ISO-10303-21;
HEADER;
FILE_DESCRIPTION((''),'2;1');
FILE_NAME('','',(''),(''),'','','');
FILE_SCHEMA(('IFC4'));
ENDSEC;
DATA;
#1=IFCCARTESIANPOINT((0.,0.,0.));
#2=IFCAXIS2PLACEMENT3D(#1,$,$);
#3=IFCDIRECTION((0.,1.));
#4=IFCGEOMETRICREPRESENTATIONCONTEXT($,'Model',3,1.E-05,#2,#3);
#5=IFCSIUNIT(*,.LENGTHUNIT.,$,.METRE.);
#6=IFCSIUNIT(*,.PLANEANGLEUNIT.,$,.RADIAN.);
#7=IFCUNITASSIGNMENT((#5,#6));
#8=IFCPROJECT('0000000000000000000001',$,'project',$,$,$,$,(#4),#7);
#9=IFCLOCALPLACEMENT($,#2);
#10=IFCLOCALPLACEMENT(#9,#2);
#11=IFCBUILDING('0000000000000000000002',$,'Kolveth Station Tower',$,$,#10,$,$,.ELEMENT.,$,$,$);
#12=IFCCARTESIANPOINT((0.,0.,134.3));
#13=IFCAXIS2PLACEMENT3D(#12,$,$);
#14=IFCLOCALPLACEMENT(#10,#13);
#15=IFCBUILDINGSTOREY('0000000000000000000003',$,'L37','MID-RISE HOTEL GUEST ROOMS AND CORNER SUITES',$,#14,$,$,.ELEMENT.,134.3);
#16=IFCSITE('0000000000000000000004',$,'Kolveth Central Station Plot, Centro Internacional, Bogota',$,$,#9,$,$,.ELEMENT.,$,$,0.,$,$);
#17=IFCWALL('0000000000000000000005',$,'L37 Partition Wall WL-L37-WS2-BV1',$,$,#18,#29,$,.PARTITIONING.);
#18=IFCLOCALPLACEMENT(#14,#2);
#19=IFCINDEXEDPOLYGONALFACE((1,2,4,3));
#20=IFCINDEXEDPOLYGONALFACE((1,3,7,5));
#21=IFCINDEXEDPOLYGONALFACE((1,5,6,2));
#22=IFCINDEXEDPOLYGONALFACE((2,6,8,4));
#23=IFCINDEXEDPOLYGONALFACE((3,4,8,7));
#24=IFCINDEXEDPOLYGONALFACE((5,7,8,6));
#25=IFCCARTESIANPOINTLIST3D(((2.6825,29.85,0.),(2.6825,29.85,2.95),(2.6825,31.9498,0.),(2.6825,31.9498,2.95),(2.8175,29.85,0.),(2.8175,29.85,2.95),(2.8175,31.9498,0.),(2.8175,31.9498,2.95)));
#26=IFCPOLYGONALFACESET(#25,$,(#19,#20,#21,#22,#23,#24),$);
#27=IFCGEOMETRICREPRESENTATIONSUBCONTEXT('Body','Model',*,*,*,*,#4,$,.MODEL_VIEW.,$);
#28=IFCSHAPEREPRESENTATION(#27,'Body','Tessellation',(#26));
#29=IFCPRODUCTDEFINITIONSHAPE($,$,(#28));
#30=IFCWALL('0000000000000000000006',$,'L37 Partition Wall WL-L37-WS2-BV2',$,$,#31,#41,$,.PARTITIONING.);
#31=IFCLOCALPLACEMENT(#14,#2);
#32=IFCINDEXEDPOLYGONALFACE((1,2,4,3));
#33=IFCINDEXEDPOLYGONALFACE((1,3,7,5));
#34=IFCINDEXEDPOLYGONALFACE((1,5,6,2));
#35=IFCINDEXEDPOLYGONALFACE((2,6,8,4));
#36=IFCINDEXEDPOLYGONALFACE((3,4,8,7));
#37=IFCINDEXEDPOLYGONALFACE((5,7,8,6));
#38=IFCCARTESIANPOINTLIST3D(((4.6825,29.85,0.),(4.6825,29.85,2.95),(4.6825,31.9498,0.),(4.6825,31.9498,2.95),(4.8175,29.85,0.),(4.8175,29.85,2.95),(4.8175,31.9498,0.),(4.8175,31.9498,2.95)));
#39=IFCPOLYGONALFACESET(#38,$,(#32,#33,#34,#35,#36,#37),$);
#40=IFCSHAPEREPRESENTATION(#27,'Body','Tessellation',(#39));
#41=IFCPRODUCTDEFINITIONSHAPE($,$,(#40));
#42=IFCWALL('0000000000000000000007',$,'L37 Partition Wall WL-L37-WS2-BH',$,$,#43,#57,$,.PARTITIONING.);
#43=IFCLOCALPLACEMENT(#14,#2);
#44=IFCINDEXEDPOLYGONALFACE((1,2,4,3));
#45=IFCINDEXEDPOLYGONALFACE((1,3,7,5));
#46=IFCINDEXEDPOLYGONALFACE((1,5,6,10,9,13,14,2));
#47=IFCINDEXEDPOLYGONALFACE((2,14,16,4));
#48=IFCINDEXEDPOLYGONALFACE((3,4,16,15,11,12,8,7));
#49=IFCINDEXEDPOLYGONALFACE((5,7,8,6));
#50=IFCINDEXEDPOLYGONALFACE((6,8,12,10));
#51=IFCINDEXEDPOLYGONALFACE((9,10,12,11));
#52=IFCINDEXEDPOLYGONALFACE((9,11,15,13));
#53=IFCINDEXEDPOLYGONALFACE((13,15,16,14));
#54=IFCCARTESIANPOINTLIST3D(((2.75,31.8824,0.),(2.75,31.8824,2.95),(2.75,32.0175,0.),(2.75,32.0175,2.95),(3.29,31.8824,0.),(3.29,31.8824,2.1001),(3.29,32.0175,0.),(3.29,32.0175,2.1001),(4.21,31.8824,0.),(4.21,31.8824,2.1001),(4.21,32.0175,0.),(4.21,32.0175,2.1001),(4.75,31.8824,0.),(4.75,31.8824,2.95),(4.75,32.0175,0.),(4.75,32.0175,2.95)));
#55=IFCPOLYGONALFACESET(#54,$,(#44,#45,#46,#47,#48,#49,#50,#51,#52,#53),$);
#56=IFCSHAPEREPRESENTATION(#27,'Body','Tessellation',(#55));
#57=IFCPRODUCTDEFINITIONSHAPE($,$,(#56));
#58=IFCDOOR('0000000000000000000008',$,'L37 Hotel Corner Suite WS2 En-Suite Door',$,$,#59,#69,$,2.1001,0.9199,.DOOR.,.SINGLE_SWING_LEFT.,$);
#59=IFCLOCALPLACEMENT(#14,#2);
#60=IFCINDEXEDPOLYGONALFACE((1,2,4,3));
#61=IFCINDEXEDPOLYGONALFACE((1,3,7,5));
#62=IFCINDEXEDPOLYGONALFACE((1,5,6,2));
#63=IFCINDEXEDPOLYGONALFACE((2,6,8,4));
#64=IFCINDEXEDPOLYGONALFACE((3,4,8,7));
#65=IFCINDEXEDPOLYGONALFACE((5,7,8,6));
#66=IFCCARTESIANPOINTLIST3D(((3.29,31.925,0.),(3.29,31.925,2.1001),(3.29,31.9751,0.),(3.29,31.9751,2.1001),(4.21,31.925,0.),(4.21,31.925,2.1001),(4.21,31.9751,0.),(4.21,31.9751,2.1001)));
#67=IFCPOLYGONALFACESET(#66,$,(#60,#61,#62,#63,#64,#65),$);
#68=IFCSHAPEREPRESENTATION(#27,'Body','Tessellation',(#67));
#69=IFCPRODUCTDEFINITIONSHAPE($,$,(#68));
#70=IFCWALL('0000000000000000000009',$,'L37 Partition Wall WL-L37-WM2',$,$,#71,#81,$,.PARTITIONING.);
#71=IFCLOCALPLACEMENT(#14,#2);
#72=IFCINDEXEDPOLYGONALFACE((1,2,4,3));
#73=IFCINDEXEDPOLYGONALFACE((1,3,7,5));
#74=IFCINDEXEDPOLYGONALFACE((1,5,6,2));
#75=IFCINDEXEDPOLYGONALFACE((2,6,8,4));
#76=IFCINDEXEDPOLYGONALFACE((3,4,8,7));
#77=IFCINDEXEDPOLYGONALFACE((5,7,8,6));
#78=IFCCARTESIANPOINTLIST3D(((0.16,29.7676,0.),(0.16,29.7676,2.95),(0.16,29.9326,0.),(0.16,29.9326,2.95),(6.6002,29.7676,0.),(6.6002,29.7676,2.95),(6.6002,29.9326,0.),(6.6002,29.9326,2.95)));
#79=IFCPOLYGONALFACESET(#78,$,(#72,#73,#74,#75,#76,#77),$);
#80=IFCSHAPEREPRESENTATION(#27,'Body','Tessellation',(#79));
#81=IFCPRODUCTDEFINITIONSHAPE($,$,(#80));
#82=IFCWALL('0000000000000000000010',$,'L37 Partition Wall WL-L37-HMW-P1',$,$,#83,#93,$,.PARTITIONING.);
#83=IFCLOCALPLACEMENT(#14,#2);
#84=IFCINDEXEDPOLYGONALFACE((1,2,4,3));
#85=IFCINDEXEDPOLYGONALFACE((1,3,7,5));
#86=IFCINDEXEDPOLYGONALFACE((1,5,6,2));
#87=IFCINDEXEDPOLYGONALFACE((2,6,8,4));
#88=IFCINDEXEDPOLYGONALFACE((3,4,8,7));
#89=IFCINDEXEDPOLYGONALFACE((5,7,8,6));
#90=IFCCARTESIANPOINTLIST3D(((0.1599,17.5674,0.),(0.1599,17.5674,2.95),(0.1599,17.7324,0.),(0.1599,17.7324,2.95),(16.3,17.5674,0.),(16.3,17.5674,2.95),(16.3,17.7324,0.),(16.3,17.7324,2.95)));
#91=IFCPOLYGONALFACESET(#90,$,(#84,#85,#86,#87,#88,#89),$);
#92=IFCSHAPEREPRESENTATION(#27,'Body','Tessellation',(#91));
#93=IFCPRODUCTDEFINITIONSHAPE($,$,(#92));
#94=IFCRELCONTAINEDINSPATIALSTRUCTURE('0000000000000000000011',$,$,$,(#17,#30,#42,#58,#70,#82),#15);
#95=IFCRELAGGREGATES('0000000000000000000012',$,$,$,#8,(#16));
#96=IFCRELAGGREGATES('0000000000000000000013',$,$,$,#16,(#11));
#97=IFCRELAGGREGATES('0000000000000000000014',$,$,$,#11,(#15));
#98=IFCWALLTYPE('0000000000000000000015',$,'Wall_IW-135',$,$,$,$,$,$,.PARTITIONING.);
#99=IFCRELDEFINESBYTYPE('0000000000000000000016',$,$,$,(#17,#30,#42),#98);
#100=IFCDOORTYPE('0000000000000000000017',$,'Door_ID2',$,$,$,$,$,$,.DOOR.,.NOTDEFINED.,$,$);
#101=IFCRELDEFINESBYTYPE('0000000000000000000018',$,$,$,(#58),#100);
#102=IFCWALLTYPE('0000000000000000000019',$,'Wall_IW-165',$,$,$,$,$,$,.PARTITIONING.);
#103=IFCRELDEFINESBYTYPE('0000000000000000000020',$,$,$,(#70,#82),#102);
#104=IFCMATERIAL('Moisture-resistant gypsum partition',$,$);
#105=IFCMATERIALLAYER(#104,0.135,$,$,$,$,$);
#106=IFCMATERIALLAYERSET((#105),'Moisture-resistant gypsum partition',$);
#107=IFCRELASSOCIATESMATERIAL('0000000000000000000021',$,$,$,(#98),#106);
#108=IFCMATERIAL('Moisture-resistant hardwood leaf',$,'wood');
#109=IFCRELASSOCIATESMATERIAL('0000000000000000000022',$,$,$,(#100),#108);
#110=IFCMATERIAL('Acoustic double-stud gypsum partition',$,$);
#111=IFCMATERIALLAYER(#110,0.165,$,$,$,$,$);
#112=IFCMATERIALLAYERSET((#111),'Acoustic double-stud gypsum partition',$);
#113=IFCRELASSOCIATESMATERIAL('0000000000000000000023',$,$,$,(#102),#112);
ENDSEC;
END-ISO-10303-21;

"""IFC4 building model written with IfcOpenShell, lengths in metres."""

from ifc_helpers import new_model, si_unit, direction, frame, frame_2d, origin, place, context, subcontext, project, spatial, rectangle, extrude, material, layer, layer_set, type_object, element, fill, save


model = new_model("IFC4")

# Units and contexts
model_context = context("Model", 3, precision=1e-05, world=origin(), true_north=direction((0.0, 1.0)))
body_context = subcontext(model_context, "Body", "Model", "MODEL_VIEW")
ifc_project = project(units=[si_unit("LENGTHUNIT", "METRE"), si_unit("PLANEANGLEUNIT", "RADIAN")], contexts=[model_context])

# Site, building, storey
site_placement = place(None, origin())
site = spatial("IfcSite", under=ifc_project, at=site_placement, Name="Kolveth Central Station Plot, Centro Internacional, Bogota", CompositionType="ELEMENT", RefElevation=0.0)
building_placement = place(site_placement, origin())
building = spatial("IfcBuilding", under=site, at=building_placement, Name="Kolveth Station Tower", CompositionType="ELEMENT")
storey_placement = place(building_placement, frame((0.0, 0.0, 134.3)))
storey = spatial("IfcBuildingStorey", under=building, at=storey_placement, Name="L37", Description="MID-RISE HOTEL GUEST ROOMS AND CORNER SUITES", CompositionType="ELEMENT", Elevation=134.3)

# Walls
ifc_material_1 = material(Name="Moisture-resistant gypsum partition")
ifc_layer_1 = layer(ifc_material_1, 0.135)
ifc_layer_set_1 = layer_set([ifc_layer_1], Name="Moisture-resistant gypsum partition")
wall_type_1 = type_object("IfcWallType", Name="Wall_IW-135", PredefinedType="PARTITIONING", material=ifc_layer_set_1)
for number, where, z_axis, x_axis, name in (
    (1, (2.75, 29.8501, 0.0), (0.0, 0.0, 1.0), (0.0, 1.0, 0.0), "L37 Partition Wall WL-L37-WS2-BV1"),
    (2, (4.75, 29.8501, 0.0), (0.0, 0.0, 1.0), (0.0, 1.0, 0.0), "L37 Partition Wall WL-L37-WS2-BV2"),
):
    element("IfcWall", number, at=place(storey_placement, frame(where, z_axis=z_axis, x_axis=x_axis)), inside=storey, type_object=wall_type_1, Name=name, PredefinedType="PARTITIONING", context=body_context, shape_type="SweptSolid", body=[
        extrude(rectangle(XDim=2.0999, YDim=0.135, at=frame_2d((1.0498, 0.0))), origin(), (0.0, 0.0, 1.0), 2.95),
    ])

# Wall, opening, door
wall_1_placement = place(storey_placement, frame((2.75, 31.95, 0.0), z_axis=(0.0, 0.0, 1.0), x_axis=(1.0, 0.0, 0.0)))
wall_1 = element("IfcWall", 3, at=wall_1_placement, inside=storey, type_object=wall_type_1, Name="L37 Partition Wall WL-L37-WS2-BH", PredefinedType="PARTITIONING", context=body_context, shape_type="SweptSolid", body=[
    extrude(rectangle(XDim=2.0, YDim=0.135, at=frame_2d((1.0, 0.0))), origin(), (0.0, 0.0, 1.0), 2.95),
])
opening_placement = place(wall_1_placement, frame((0.54, 0.0, 0.0)))
opening = element("IfcOpeningElement", 4, at=opening_placement, cuts=wall_1, PredefinedType="OPENING", context=body_context, shape_type="SweptSolid", body=[
    extrude(rectangle(XDim=0.9199, YDim=2.1001, at=frame_2d((0.46, 1.05))), frame((0.0, 0.0774, 0.0), z_axis=(0.0, -1.0, 0.0), x_axis=(1.0, 0.0, 0.0)), (0.0, 0.0, 1.0), 0.155),
])
ifc_material_2 = material(Name="Moisture-resistant hardwood leaf", Category="wood")
door_type = type_object("IfcDoorType", Name="Door_ID2", OperationType="NOTDEFINED", PredefinedType="DOOR", material=ifc_material_2)
door_placement = place(opening_placement, frame((0.9199, 0.0, 0.0), z_axis=(0.0, 0.0, 1.0), x_axis=(-1.0, 0.0, 0.0)))
door = element("IfcDoor", 5, at=door_placement, inside=storey, type_object=door_type, Name="L37 Hotel Corner Suite WS2 En-Suite Door", OperationType="SINGLE_SWING_LEFT", OverallHeight=2.1001, OverallWidth=0.9199, PredefinedType="DOOR", context=body_context, shape_type="SweptSolid", body=[
    extrude(rectangle(XDim=0.9199, YDim=2.1001, at=frame_2d((0.46, 1.05))), frame((0.0, 0.0249, 0.0), z_axis=(0.0, -1.0, 0.0), x_axis=(1.0, 0.0, 0.0)), (0.0, 0.0, 1.0), 0.05),
])
fill(opening, door)

# Walls
ifc_material_3 = material(Name="Acoustic double-stud gypsum partition")
ifc_layer_2 = layer(ifc_material_3, 0.165)
ifc_layer_set_2 = layer_set([ifc_layer_2], Name="Acoustic double-stud gypsum partition")
wall_type_2 = type_object("IfcWallType", Name="Wall_IW-165", PredefinedType="PARTITIONING", material=ifc_layer_set_2)
wall_2_placement = place(storey_placement, frame((0.1599, 29.8501, 0.0), z_axis=(0.0, 0.0, 1.0), x_axis=(1.0, 0.0, 0.0)))
element("IfcWall", 6, at=wall_2_placement, inside=storey, type_object=wall_type_2, Name="L37 Partition Wall WL-L37-WM2", PredefinedType="PARTITIONING", context=body_context, shape_type="SweptSolid", body=[
    extrude(rectangle(XDim=6.4402, YDim=0.165, at=frame_2d((3.2202, 0.0))), origin(), (0.0, 0.0, 1.0), 2.95),
])
wall_3_placement = place(storey_placement, frame((0.1599, 17.6499, 0.0), z_axis=(0.0, 0.0, 1.0), x_axis=(1.0, 0.0, 0.0)))
element("IfcWall", 7, at=wall_3_placement, inside=storey, type_object=wall_type_2, Name="L37 Partition Wall WL-L37-HMW-P1", PredefinedType="PARTITIONING", context=body_context, shape_type="SweptSolid", body=[
    extrude(rectangle(XDim=16.1401, YDim=0.165, at=frame_2d((8.0701, 0.0))), origin(), (0.0, 0.0, 1.0), 2.95),
])

save(model, "model.ifc")
